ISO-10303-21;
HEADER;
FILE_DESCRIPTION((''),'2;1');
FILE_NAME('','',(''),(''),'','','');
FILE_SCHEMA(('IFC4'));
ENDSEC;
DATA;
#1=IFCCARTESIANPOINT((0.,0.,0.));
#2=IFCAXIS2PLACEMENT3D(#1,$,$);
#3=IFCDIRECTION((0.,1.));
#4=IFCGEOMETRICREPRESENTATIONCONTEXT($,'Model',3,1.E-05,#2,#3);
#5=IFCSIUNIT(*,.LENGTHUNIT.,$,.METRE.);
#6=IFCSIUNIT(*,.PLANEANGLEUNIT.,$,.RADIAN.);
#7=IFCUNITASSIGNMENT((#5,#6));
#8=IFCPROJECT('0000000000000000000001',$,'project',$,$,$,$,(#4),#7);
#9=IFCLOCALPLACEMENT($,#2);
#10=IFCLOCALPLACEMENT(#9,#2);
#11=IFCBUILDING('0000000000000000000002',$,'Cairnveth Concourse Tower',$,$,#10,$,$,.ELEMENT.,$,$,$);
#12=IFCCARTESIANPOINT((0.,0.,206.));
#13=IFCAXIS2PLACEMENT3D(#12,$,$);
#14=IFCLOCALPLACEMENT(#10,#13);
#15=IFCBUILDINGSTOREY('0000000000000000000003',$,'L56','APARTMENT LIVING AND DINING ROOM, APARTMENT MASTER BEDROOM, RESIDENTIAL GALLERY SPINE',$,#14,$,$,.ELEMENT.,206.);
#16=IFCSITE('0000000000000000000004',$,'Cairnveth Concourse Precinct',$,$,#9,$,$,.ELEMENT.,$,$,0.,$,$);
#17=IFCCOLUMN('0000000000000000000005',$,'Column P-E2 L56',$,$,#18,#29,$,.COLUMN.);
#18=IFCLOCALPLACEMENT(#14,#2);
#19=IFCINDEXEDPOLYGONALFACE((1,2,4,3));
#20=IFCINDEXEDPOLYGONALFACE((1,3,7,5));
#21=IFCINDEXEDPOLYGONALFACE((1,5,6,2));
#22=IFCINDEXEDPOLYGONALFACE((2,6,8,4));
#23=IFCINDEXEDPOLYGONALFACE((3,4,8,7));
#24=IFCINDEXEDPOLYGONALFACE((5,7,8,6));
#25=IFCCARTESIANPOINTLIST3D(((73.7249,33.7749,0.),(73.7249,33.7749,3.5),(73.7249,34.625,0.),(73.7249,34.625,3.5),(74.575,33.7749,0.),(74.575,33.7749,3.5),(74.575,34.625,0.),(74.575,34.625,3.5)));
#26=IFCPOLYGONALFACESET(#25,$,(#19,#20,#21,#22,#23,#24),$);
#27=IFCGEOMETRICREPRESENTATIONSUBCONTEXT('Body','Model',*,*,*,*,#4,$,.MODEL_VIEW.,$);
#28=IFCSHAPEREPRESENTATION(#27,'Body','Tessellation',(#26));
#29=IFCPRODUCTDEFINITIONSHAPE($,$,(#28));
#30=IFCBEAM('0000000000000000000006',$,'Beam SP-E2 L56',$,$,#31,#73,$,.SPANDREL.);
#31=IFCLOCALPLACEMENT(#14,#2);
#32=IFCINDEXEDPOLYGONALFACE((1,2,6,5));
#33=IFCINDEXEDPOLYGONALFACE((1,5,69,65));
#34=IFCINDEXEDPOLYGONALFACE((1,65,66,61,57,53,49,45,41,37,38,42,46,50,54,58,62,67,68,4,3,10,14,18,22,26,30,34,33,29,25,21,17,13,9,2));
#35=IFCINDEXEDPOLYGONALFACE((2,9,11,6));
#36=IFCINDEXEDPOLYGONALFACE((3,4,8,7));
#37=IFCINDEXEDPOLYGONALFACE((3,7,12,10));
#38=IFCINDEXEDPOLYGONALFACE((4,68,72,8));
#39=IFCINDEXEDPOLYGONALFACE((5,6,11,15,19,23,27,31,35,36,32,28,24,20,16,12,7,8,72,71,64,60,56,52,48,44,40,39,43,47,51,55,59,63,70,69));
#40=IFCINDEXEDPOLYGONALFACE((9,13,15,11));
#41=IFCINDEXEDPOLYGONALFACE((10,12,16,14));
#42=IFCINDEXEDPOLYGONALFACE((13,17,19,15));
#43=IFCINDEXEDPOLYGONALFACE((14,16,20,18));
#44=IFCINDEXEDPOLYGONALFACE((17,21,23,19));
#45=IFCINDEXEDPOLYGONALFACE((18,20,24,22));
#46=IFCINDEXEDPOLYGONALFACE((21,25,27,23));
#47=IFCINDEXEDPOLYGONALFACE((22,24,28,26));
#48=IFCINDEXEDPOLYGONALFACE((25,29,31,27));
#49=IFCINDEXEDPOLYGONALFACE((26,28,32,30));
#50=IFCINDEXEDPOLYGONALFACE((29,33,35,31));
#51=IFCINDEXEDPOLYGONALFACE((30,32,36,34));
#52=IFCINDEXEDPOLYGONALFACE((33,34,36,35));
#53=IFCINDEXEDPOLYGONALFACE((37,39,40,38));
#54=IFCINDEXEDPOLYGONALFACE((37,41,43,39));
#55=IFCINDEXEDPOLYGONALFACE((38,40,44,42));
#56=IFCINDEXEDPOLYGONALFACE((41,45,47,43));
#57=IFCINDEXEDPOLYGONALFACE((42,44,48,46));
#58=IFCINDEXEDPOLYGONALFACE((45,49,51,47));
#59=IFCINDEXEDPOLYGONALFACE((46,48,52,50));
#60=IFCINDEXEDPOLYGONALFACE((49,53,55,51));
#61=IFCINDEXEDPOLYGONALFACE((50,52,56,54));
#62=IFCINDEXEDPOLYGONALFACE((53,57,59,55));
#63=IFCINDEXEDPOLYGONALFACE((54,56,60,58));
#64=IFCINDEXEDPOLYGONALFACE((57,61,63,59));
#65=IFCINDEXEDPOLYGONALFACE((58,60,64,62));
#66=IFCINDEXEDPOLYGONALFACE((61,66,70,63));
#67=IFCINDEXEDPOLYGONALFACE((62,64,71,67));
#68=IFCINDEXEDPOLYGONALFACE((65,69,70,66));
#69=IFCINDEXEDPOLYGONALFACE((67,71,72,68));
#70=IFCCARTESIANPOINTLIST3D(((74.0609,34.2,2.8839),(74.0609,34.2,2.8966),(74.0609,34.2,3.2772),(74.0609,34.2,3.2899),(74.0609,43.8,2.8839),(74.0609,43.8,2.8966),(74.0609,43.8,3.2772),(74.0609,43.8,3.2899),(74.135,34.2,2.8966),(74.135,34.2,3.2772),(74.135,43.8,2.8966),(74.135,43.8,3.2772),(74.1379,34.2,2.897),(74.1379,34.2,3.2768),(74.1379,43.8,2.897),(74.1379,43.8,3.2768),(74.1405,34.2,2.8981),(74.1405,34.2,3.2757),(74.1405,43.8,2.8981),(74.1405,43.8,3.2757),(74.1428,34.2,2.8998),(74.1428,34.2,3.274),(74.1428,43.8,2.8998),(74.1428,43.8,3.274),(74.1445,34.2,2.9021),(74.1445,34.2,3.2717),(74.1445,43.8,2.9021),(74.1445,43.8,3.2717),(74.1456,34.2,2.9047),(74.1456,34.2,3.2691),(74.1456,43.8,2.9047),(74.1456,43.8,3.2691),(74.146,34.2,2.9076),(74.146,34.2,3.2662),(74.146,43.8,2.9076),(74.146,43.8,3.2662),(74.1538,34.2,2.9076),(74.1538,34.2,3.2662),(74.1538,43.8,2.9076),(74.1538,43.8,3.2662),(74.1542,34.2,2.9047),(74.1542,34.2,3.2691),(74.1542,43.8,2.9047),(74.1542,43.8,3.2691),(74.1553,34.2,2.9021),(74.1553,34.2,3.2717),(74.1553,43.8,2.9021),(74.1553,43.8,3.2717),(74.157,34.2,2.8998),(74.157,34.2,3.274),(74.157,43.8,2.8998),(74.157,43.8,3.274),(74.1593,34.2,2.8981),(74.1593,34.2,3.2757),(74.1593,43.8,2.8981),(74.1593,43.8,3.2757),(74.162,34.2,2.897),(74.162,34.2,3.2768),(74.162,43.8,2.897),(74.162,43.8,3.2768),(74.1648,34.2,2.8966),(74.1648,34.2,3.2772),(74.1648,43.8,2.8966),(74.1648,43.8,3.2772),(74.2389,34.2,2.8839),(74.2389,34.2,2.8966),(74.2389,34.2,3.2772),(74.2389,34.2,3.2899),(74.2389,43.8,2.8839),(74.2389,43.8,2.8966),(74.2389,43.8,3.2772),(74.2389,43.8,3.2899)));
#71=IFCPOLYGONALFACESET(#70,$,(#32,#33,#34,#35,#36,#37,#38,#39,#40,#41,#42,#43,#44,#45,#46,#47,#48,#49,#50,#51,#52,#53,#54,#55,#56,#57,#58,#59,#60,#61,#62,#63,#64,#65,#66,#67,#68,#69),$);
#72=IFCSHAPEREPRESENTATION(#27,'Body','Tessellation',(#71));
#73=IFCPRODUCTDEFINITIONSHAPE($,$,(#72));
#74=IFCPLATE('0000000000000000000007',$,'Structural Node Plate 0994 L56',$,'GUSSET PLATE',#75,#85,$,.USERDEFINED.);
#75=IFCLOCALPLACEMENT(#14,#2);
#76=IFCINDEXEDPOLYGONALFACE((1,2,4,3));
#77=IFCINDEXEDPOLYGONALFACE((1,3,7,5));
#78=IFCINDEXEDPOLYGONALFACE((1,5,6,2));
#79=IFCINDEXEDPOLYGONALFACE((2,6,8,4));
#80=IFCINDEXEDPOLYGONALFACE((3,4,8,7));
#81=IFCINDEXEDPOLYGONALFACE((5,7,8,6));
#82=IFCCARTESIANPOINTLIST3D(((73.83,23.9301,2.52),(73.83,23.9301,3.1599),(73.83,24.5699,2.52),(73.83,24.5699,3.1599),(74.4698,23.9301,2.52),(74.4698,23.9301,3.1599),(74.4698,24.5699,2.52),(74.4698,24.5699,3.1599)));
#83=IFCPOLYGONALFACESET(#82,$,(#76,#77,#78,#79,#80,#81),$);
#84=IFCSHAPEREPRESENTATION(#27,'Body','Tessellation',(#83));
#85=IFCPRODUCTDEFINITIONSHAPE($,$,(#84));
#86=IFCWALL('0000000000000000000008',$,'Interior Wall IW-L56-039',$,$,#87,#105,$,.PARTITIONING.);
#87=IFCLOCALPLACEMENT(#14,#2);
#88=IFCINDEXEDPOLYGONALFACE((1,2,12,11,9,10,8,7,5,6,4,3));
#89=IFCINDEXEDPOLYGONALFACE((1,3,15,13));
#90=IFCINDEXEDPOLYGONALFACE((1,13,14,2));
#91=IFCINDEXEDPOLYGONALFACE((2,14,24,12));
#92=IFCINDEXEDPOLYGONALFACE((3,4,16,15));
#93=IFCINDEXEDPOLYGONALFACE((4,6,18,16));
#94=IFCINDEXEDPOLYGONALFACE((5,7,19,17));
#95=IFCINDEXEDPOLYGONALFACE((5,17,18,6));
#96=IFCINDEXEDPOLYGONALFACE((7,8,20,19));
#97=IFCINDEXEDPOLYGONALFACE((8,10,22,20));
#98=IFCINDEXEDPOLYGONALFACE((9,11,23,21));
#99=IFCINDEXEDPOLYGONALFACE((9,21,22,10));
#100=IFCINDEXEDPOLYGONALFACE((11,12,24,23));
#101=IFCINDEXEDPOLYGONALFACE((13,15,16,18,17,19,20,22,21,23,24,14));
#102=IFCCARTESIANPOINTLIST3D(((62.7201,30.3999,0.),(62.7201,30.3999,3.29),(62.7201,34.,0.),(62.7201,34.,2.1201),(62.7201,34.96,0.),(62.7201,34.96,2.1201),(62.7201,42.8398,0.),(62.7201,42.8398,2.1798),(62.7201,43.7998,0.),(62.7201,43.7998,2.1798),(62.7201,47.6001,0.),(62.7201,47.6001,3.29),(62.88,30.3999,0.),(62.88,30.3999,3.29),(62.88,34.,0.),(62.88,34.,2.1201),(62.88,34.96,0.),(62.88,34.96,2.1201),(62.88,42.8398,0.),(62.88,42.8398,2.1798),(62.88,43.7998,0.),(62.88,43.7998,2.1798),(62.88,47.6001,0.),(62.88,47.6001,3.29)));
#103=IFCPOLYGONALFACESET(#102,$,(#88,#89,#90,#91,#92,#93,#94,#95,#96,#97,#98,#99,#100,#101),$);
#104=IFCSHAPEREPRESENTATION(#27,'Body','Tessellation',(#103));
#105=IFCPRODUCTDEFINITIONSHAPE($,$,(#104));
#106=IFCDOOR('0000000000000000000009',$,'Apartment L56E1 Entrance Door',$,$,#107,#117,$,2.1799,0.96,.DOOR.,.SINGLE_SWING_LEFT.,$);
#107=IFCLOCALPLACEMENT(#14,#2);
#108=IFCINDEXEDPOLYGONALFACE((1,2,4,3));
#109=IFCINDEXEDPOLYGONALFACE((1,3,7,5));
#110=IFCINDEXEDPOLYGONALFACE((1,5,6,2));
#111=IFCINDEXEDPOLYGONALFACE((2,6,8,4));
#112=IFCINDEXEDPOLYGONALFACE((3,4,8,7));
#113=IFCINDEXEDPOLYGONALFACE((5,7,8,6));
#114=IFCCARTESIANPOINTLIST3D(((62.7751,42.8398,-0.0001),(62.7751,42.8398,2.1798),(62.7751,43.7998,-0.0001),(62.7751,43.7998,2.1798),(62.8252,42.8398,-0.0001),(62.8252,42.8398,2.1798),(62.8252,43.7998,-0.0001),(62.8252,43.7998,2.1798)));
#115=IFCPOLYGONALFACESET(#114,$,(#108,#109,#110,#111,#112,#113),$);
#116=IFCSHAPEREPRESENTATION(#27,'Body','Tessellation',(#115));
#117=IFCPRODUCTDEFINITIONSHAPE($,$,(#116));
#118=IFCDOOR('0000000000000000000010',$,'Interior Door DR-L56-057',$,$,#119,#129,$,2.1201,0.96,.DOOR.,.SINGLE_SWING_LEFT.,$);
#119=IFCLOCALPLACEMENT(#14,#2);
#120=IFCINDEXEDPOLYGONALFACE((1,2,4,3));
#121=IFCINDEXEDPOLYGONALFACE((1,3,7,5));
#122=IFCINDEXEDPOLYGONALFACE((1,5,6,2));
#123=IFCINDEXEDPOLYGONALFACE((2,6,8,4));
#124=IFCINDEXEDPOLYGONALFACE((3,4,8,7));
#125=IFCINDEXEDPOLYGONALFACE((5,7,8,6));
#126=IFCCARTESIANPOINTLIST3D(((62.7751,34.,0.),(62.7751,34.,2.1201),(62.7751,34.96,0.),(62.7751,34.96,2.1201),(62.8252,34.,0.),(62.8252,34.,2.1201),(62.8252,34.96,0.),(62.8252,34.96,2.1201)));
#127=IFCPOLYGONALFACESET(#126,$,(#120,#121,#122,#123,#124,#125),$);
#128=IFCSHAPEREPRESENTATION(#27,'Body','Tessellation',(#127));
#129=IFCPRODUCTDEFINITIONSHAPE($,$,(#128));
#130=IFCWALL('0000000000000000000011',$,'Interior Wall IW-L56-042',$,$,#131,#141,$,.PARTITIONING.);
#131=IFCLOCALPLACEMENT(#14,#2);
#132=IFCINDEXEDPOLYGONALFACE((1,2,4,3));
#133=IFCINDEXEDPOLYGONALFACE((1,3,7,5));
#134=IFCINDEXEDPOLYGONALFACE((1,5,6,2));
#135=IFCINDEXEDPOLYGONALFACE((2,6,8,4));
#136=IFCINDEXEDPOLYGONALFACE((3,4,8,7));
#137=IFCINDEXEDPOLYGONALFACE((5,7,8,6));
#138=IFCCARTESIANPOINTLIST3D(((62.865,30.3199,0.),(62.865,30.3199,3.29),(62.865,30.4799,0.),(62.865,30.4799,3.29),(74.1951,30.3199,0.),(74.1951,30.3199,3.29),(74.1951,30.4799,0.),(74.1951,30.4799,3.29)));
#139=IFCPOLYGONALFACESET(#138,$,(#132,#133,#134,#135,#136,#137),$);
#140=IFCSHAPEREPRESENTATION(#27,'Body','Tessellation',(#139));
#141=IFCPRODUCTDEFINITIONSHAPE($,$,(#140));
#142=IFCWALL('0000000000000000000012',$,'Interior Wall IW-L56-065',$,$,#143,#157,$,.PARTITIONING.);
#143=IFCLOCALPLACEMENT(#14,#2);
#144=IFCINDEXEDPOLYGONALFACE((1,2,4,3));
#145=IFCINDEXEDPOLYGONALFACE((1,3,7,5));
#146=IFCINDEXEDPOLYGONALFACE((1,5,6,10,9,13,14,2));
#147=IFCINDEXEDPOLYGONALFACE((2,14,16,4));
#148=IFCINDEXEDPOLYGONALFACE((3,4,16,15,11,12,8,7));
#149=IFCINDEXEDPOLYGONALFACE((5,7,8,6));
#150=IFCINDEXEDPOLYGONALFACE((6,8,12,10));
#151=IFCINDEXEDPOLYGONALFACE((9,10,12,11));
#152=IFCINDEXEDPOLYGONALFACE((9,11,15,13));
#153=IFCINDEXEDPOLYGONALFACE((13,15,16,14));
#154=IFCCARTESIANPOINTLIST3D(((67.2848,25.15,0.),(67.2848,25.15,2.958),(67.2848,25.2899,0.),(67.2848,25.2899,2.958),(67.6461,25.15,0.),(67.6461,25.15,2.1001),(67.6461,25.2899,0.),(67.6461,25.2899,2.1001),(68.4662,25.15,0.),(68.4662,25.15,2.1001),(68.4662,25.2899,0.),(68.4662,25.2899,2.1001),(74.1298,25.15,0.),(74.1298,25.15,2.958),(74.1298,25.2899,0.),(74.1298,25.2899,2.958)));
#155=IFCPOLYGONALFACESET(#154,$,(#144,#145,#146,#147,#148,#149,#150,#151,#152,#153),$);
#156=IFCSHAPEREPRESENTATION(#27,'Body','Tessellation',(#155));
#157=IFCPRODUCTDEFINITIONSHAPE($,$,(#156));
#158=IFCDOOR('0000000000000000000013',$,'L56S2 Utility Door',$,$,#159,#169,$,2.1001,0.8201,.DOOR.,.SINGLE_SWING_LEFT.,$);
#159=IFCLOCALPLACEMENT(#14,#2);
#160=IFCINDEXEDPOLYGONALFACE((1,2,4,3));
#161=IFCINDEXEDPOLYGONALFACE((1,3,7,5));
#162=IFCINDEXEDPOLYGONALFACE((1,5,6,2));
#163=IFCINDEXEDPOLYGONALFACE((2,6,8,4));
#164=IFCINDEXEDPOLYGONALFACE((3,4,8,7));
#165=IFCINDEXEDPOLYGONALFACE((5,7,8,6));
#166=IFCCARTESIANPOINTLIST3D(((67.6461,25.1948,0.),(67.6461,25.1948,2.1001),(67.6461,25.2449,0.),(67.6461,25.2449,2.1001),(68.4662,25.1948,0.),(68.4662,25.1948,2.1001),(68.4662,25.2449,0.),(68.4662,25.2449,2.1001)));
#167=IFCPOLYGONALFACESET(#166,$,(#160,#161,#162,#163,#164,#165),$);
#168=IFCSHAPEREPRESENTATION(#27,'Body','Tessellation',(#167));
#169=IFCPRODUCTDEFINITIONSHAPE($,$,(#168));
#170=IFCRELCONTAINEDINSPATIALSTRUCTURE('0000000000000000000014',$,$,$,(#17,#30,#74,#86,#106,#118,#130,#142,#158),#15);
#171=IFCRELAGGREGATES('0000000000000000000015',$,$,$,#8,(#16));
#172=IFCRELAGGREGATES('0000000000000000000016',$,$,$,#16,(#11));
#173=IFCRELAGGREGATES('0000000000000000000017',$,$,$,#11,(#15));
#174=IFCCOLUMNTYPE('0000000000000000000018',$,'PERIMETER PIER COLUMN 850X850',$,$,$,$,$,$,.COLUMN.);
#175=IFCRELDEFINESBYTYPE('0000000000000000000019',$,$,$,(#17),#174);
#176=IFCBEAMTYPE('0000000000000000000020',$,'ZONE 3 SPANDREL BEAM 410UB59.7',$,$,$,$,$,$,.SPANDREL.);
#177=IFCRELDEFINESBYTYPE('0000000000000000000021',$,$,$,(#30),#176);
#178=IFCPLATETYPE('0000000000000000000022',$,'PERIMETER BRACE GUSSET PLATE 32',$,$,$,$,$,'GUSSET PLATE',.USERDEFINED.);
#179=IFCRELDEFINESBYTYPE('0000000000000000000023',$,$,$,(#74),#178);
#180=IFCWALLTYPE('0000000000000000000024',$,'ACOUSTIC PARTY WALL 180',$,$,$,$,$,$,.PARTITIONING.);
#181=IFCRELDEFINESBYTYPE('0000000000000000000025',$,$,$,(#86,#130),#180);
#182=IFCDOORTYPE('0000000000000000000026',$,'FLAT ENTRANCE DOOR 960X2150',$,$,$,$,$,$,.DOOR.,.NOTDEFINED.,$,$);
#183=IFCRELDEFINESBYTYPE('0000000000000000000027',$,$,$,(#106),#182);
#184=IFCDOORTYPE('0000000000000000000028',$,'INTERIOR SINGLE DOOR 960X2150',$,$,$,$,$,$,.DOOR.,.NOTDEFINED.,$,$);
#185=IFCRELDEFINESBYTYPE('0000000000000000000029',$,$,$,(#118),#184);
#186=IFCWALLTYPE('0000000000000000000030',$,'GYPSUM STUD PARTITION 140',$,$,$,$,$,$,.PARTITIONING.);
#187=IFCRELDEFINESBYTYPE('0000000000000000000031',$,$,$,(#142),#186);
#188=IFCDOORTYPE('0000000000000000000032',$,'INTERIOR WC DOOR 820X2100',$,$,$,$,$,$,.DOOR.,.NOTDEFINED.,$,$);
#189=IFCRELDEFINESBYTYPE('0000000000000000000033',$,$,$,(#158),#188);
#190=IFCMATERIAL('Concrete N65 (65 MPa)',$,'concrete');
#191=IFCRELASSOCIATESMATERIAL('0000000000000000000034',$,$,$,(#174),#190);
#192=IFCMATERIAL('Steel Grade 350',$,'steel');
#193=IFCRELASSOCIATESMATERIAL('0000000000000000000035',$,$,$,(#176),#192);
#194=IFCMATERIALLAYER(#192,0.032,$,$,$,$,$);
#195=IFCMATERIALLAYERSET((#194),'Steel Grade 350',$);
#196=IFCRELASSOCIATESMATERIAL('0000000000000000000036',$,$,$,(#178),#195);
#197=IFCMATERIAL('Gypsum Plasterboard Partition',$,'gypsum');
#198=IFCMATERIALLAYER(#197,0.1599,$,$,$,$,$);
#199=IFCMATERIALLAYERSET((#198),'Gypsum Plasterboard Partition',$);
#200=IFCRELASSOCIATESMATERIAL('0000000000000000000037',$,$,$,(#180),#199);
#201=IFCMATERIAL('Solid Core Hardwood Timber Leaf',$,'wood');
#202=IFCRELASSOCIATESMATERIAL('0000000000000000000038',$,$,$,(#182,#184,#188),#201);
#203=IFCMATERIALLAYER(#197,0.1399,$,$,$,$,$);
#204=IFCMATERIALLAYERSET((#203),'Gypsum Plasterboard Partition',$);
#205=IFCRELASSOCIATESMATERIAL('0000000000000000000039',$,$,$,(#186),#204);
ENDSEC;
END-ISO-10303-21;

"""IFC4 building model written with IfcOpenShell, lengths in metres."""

from ifc_helpers import new_model, si_unit, direction, frame, frame_2d, origin, origin_2d, place, context, subcontext, project, spatial, rectangle, i_section, extrude, material, layer, layer_set, material_profile, profile_set, type_object, element, fill, save


model = new_model("IFC4")

# Units and contexts
model_context = context("Model", 3, precision=1e-05, world=origin(), true_north=direction((0.0, 1.0)))
body_context = subcontext(model_context, "Body", "Model", "MODEL_VIEW")
ifc_project = project(units=[si_unit("LENGTHUNIT", "METRE"), si_unit("PLANEANGLEUNIT", "RADIAN")], contexts=[model_context])

# Site, building, storey
site_placement = place(None, origin())
site = spatial("IfcSite", under=ifc_project, at=site_placement, Name="Cairnveth Concourse Precinct", CompositionType="ELEMENT", RefElevation=0.0)
building_placement = place(site_placement, origin())
building = spatial("IfcBuilding", under=site, at=building_placement, Name="Cairnveth Concourse Tower", CompositionType="ELEMENT")
storey_placement = place(building_placement, frame((0.0, 0.0, 206.0)))
storey = spatial("IfcBuildingStorey", under=building, at=storey_placement, Name="L56", Description="APARTMENT LIVING AND DINING ROOM, APARTMENT MASTER BEDROOM, RESIDENTIAL GALLERY SPINE", CompositionType="ELEMENT", Elevation=206.0)

# Column
ifc_material_1 = material(Name="Concrete N65 (65 MPa)", Category="concrete")
ifc_material_profile_1 = material_profile(ifc_material_1, rectangle(XDim=0.8501, YDim=0.8501, at=origin_2d()), Name="RC-COL-850x850")
ifc_profile_set_1 = profile_set([ifc_material_profile_1], Name="Concrete N65 (65 MPa)")
column_type = type_object("IfcColumnType", Name="PERIMETER PIER COLUMN 850X850", PredefinedType="COLUMN", material=ifc_profile_set_1)
column_placement = place(storey_placement, frame((74.1499, 34.2, 0.0), z_axis=(0.0, 0.0, 1.0), x_axis=(0.0, 1.0, 0.0)))
element("IfcColumn", 1, at=column_placement, inside=storey, type_object=column_type, Name="Column P-E2 L56", PredefinedType="COLUMN", context=body_context, shape_type="SweptSolid", body=[
    extrude(rectangle(XDim=0.8501, YDim=0.8501, at=origin_2d()), origin(), (0.0, 0.0, 1.0), 3.5),
])

# Beam
ifc_material_2 = material(Name="Steel Grade 350", Category="steel")
ifc_material_profile_2 = material_profile(ifc_material_2, i_section(OverallWidth=0.178, OverallDepth=0.406, WebThickness=0.0078, FlangeThickness=0.0127, FilletRadius=0.011, at=origin_2d()), Name="410UB59.7")
ifc_profile_set_2 = profile_set([ifc_material_profile_2], Name="Steel Grade 350")
beam_type = type_object("IfcBeamType", Name="ZONE 3 SPANDREL BEAM 410UB59.7", PredefinedType="SPANDREL", material=ifc_profile_set_2)
beam_placement = place(storey_placement, frame((74.1499, 34.2, 3.0869), z_axis=(0.0, 1.0, 0.0), x_axis=(-1.0, 0.0, 0.0)))
element("IfcBeam", 2, at=beam_placement, inside=storey, type_object=beam_type, Name="Beam SP-E2 L56", PredefinedType="SPANDREL", context=body_context, shape_type="SweptSolid", body=[
    extrude(i_section(OverallWidth=0.178, OverallDepth=0.406, WebThickness=0.0078, FlangeThickness=0.0127, FilletRadius=0.011, at=origin_2d()), origin(), (0.0, 0.0, 1.0), 9.6001),
])

# Plate
ifc_layer_1 = layer(ifc_material_2, 0.032)
ifc_layer_set_1 = layer_set([ifc_layer_1], Name="Steel Grade 350")
plate_type = type_object("IfcPlateType", Name="PERIMETER BRACE GUSSET PLATE 32", ElementType="GUSSET PLATE", PredefinedType="USERDEFINED", material=ifc_layer_set_1)
plate_placement = place(storey_placement, frame((74.1499, 24.25, 2.52), z_axis=(0.0, 0.0, 1.0), x_axis=(1.0, 0.0, 0.0)))
element("IfcPlate", 3, at=plate_placement, inside=storey, type_object=plate_type, Name="Structural Node Plate 0994 L56", ObjectType="GUSSET PLATE", PredefinedType="USERDEFINED", context=body_context, shape_type="SweptSolid", body=[
    extrude(rectangle(XDim=0.6399, YDim=0.6399, at=origin_2d()), origin(), (0.0, 0.0, 1.0), 0.6399),
])

# Wall, openings, doors
ifc_material_3 = material(Name="Gypsum Plasterboard Partition", Category="gypsum")
ifc_layer_2 = layer(ifc_material_3, 0.1599)
ifc_layer_set_2 = layer_set([ifc_layer_2], Name="Gypsum Plasterboard Partition")
wall_type_1 = type_object("IfcWallType", Name="ACOUSTIC PARTY WALL 180", PredefinedType="PARTITIONING", material=ifc_layer_set_2)
wall_1_placement = place(storey_placement, frame((62.8, 30.3999, 0.0), z_axis=(0.0, 0.0, 1.0), x_axis=(0.0, 1.0, 0.0)))
wall_1 = element("IfcWall", 4, at=wall_1_placement, inside=storey, type_object=wall_type_1, Name="Interior Wall IW-L56-039", PredefinedType="PARTITIONING", context=body_context, shape_type="SweptSolid", body=[
    extrude(rectangle(XDim=17.2002, YDim=0.1599, at=frame_2d((8.6001, 0.0))), origin(), (0.0, 0.0, 1.0), 3.29),
])
opening_1_placement = place(wall_1_placement, frame((3.6001, 0.0, 0.0)))
opening_1 = element("IfcOpeningElement", 5, at=opening_1_placement, cuts=wall_1, PredefinedType="OPENING", context=body_context, shape_type="SweptSolid", body=[
    extrude(rectangle(XDim=0.96, YDim=2.1201, at=frame_2d((0.48, 1.0601))), frame((0.0, 0.0898, 0.0), z_axis=(0.0, -1.0, 0.0), x_axis=(1.0, 0.0, 0.0)), (0.0, 0.0, 1.0), 0.1799),
])
opening_2_placement = place(wall_1_placement, frame((12.4399, 0.0, 0.0)))
opening_2 = element("IfcOpeningElement", 6, at=opening_2_placement, cuts=wall_1, PredefinedType="OPENING", context=body_context, shape_type="SweptSolid", body=[
    extrude(rectangle(XDim=0.96, YDim=2.1799, at=frame_2d((0.48, 1.0898))), frame((0.0, 0.0898, 0.0), z_axis=(0.0, -1.0, 0.0), x_axis=(1.0, 0.0, 0.0)), (0.0, 0.0, 1.0), 0.1799),
])
ifc_material_4 = material(Name="Solid Core Hardwood Timber Leaf", Category="wood")
door_type_1 = type_object("IfcDoorType", Name="FLAT ENTRANCE DOOR 960X2150", OperationType="NOTDEFINED", PredefinedType="DOOR", material=ifc_material_4)
door_1_placement = place(opening_2_placement, origin())
door_1 = element("IfcDoor", 7, at=door_1_placement, inside=storey, type_object=door_type_1, Name="Apartment L56E1 Entrance Door", OperationType="SINGLE_SWING_LEFT", OverallHeight=2.1799, OverallWidth=0.96, PredefinedType="DOOR", context=body_context, shape_type="SweptSolid", body=[
    extrude(rectangle(XDim=0.96, YDim=2.1799, at=frame_2d((0.48, 1.0898))), frame((0.0, 0.0249, 0.0), z_axis=(0.0, -1.0, 0.0), x_axis=(1.0, 0.0, 0.0)), (0.0, 0.0, 1.0), 0.05),
])
fill(opening_2, door_1)
door_type_2 = type_object("IfcDoorType", Name="INTERIOR SINGLE DOOR 960X2150", OperationType="NOTDEFINED", PredefinedType="DOOR", material=ifc_material_4)
door_2_placement = place(opening_1_placement, origin())
door_2 = element("IfcDoor", 8, at=door_2_placement, inside=storey, type_object=door_type_2, Name="Interior Door DR-L56-057", OperationType="SINGLE_SWING_LEFT", OverallHeight=2.1201, OverallWidth=0.96, PredefinedType="DOOR", context=body_context, shape_type="SweptSolid", body=[
    extrude(rectangle(XDim=0.96, YDim=2.1201, at=frame_2d((0.48, 1.0601))), frame((0.0, 0.0249, 0.0), z_axis=(0.0, -1.0, 0.0), x_axis=(1.0, 0.0, 0.0)), (0.0, 0.0, 1.0), 0.05),
])
fill(opening_1, door_2)

# Wall
wall_2_placement = place(storey_placement, frame((62.865, 30.3999, 0.0), z_axis=(0.0, 0.0, 1.0), x_axis=(1.0, 0.0, 0.0)))
element("IfcWall", 9, at=wall_2_placement, inside=storey, type_object=wall_type_1, Name="Interior Wall IW-L56-042", PredefinedType="PARTITIONING", context=body_context, shape_type="SweptSolid", body=[
    extrude(rectangle(XDim=11.3301, YDim=0.1599, at=frame_2d((5.665, 0.0))), origin(), (0.0, 0.0, 1.0), 3.29),
])

# Wall, opening, door
ifc_layer_3 = layer(ifc_material_3, 0.1399)
ifc_layer_set_3 = layer_set([ifc_layer_3], Name="Gypsum Plasterboard Partition")
wall_type_2 = type_object("IfcWallType", Name="GYPSUM STUD PARTITION 140", PredefinedType="PARTITIONING", material=ifc_layer_set_3)
wall_3_placement = place(storey_placement, frame((67.2849, 25.22, 0.0), z_axis=(0.0, 0.0, 1.0), x_axis=(1.0, 0.0, 0.0)))
wall_3 = element("IfcWall", 10, at=wall_3_placement, inside=storey, type_object=wall_type_2, Name="Interior Wall IW-L56-065", PredefinedType="PARTITIONING", context=body_context, shape_type="SweptSolid", body=[
    extrude(rectangle(XDim=6.845, YDim=0.1399, at=frame_2d((3.4224, 0.0))), origin(), (0.0, 0.0, 1.0), 2.958),
])
opening_3_placement = place(wall_3_placement, frame((0.3611, 0.0, 0.0)))
opening_3 = element("IfcOpeningElement", 11, at=opening_3_placement, cuts=wall_3, PredefinedType="OPENING", context=body_context, shape_type="SweptSolid", body=[
    extrude(rectangle(XDim=0.8201, YDim=2.1001, at=frame_2d((0.4102, 1.05))), frame((0.0, 0.0798, 0.0), z_axis=(0.0, -1.0, 0.0), x_axis=(1.0, 0.0, 0.0)), (0.0, 0.0, 1.0), 0.1599),
])
door_type_3 = type_object("IfcDoorType", Name="INTERIOR WC DOOR 820X2100", OperationType="NOTDEFINED", PredefinedType="DOOR", material=ifc_material_4)
door_3_placement = place(opening_3_placement, origin())
door_3 = element("IfcDoor", 12, at=door_3_placement, inside=storey, type_object=door_type_3, Name="L56S2 Utility Door", OperationType="SINGLE_SWING_LEFT", OverallHeight=2.1001, OverallWidth=0.8201, PredefinedType="DOOR", context=body_context, shape_type="SweptSolid", body=[
    extrude(rectangle(XDim=0.8201, YDim=2.1001, at=frame_2d((0.4102, 1.05))), frame((0.0, 0.0249, 0.0), z_axis=(0.0, -1.0, 0.0), x_axis=(1.0, 0.0, 0.0)), (0.0, 0.0, 1.0), 0.05),
])
fill(opening_3, door_3)

save(model, "model.ifc")
